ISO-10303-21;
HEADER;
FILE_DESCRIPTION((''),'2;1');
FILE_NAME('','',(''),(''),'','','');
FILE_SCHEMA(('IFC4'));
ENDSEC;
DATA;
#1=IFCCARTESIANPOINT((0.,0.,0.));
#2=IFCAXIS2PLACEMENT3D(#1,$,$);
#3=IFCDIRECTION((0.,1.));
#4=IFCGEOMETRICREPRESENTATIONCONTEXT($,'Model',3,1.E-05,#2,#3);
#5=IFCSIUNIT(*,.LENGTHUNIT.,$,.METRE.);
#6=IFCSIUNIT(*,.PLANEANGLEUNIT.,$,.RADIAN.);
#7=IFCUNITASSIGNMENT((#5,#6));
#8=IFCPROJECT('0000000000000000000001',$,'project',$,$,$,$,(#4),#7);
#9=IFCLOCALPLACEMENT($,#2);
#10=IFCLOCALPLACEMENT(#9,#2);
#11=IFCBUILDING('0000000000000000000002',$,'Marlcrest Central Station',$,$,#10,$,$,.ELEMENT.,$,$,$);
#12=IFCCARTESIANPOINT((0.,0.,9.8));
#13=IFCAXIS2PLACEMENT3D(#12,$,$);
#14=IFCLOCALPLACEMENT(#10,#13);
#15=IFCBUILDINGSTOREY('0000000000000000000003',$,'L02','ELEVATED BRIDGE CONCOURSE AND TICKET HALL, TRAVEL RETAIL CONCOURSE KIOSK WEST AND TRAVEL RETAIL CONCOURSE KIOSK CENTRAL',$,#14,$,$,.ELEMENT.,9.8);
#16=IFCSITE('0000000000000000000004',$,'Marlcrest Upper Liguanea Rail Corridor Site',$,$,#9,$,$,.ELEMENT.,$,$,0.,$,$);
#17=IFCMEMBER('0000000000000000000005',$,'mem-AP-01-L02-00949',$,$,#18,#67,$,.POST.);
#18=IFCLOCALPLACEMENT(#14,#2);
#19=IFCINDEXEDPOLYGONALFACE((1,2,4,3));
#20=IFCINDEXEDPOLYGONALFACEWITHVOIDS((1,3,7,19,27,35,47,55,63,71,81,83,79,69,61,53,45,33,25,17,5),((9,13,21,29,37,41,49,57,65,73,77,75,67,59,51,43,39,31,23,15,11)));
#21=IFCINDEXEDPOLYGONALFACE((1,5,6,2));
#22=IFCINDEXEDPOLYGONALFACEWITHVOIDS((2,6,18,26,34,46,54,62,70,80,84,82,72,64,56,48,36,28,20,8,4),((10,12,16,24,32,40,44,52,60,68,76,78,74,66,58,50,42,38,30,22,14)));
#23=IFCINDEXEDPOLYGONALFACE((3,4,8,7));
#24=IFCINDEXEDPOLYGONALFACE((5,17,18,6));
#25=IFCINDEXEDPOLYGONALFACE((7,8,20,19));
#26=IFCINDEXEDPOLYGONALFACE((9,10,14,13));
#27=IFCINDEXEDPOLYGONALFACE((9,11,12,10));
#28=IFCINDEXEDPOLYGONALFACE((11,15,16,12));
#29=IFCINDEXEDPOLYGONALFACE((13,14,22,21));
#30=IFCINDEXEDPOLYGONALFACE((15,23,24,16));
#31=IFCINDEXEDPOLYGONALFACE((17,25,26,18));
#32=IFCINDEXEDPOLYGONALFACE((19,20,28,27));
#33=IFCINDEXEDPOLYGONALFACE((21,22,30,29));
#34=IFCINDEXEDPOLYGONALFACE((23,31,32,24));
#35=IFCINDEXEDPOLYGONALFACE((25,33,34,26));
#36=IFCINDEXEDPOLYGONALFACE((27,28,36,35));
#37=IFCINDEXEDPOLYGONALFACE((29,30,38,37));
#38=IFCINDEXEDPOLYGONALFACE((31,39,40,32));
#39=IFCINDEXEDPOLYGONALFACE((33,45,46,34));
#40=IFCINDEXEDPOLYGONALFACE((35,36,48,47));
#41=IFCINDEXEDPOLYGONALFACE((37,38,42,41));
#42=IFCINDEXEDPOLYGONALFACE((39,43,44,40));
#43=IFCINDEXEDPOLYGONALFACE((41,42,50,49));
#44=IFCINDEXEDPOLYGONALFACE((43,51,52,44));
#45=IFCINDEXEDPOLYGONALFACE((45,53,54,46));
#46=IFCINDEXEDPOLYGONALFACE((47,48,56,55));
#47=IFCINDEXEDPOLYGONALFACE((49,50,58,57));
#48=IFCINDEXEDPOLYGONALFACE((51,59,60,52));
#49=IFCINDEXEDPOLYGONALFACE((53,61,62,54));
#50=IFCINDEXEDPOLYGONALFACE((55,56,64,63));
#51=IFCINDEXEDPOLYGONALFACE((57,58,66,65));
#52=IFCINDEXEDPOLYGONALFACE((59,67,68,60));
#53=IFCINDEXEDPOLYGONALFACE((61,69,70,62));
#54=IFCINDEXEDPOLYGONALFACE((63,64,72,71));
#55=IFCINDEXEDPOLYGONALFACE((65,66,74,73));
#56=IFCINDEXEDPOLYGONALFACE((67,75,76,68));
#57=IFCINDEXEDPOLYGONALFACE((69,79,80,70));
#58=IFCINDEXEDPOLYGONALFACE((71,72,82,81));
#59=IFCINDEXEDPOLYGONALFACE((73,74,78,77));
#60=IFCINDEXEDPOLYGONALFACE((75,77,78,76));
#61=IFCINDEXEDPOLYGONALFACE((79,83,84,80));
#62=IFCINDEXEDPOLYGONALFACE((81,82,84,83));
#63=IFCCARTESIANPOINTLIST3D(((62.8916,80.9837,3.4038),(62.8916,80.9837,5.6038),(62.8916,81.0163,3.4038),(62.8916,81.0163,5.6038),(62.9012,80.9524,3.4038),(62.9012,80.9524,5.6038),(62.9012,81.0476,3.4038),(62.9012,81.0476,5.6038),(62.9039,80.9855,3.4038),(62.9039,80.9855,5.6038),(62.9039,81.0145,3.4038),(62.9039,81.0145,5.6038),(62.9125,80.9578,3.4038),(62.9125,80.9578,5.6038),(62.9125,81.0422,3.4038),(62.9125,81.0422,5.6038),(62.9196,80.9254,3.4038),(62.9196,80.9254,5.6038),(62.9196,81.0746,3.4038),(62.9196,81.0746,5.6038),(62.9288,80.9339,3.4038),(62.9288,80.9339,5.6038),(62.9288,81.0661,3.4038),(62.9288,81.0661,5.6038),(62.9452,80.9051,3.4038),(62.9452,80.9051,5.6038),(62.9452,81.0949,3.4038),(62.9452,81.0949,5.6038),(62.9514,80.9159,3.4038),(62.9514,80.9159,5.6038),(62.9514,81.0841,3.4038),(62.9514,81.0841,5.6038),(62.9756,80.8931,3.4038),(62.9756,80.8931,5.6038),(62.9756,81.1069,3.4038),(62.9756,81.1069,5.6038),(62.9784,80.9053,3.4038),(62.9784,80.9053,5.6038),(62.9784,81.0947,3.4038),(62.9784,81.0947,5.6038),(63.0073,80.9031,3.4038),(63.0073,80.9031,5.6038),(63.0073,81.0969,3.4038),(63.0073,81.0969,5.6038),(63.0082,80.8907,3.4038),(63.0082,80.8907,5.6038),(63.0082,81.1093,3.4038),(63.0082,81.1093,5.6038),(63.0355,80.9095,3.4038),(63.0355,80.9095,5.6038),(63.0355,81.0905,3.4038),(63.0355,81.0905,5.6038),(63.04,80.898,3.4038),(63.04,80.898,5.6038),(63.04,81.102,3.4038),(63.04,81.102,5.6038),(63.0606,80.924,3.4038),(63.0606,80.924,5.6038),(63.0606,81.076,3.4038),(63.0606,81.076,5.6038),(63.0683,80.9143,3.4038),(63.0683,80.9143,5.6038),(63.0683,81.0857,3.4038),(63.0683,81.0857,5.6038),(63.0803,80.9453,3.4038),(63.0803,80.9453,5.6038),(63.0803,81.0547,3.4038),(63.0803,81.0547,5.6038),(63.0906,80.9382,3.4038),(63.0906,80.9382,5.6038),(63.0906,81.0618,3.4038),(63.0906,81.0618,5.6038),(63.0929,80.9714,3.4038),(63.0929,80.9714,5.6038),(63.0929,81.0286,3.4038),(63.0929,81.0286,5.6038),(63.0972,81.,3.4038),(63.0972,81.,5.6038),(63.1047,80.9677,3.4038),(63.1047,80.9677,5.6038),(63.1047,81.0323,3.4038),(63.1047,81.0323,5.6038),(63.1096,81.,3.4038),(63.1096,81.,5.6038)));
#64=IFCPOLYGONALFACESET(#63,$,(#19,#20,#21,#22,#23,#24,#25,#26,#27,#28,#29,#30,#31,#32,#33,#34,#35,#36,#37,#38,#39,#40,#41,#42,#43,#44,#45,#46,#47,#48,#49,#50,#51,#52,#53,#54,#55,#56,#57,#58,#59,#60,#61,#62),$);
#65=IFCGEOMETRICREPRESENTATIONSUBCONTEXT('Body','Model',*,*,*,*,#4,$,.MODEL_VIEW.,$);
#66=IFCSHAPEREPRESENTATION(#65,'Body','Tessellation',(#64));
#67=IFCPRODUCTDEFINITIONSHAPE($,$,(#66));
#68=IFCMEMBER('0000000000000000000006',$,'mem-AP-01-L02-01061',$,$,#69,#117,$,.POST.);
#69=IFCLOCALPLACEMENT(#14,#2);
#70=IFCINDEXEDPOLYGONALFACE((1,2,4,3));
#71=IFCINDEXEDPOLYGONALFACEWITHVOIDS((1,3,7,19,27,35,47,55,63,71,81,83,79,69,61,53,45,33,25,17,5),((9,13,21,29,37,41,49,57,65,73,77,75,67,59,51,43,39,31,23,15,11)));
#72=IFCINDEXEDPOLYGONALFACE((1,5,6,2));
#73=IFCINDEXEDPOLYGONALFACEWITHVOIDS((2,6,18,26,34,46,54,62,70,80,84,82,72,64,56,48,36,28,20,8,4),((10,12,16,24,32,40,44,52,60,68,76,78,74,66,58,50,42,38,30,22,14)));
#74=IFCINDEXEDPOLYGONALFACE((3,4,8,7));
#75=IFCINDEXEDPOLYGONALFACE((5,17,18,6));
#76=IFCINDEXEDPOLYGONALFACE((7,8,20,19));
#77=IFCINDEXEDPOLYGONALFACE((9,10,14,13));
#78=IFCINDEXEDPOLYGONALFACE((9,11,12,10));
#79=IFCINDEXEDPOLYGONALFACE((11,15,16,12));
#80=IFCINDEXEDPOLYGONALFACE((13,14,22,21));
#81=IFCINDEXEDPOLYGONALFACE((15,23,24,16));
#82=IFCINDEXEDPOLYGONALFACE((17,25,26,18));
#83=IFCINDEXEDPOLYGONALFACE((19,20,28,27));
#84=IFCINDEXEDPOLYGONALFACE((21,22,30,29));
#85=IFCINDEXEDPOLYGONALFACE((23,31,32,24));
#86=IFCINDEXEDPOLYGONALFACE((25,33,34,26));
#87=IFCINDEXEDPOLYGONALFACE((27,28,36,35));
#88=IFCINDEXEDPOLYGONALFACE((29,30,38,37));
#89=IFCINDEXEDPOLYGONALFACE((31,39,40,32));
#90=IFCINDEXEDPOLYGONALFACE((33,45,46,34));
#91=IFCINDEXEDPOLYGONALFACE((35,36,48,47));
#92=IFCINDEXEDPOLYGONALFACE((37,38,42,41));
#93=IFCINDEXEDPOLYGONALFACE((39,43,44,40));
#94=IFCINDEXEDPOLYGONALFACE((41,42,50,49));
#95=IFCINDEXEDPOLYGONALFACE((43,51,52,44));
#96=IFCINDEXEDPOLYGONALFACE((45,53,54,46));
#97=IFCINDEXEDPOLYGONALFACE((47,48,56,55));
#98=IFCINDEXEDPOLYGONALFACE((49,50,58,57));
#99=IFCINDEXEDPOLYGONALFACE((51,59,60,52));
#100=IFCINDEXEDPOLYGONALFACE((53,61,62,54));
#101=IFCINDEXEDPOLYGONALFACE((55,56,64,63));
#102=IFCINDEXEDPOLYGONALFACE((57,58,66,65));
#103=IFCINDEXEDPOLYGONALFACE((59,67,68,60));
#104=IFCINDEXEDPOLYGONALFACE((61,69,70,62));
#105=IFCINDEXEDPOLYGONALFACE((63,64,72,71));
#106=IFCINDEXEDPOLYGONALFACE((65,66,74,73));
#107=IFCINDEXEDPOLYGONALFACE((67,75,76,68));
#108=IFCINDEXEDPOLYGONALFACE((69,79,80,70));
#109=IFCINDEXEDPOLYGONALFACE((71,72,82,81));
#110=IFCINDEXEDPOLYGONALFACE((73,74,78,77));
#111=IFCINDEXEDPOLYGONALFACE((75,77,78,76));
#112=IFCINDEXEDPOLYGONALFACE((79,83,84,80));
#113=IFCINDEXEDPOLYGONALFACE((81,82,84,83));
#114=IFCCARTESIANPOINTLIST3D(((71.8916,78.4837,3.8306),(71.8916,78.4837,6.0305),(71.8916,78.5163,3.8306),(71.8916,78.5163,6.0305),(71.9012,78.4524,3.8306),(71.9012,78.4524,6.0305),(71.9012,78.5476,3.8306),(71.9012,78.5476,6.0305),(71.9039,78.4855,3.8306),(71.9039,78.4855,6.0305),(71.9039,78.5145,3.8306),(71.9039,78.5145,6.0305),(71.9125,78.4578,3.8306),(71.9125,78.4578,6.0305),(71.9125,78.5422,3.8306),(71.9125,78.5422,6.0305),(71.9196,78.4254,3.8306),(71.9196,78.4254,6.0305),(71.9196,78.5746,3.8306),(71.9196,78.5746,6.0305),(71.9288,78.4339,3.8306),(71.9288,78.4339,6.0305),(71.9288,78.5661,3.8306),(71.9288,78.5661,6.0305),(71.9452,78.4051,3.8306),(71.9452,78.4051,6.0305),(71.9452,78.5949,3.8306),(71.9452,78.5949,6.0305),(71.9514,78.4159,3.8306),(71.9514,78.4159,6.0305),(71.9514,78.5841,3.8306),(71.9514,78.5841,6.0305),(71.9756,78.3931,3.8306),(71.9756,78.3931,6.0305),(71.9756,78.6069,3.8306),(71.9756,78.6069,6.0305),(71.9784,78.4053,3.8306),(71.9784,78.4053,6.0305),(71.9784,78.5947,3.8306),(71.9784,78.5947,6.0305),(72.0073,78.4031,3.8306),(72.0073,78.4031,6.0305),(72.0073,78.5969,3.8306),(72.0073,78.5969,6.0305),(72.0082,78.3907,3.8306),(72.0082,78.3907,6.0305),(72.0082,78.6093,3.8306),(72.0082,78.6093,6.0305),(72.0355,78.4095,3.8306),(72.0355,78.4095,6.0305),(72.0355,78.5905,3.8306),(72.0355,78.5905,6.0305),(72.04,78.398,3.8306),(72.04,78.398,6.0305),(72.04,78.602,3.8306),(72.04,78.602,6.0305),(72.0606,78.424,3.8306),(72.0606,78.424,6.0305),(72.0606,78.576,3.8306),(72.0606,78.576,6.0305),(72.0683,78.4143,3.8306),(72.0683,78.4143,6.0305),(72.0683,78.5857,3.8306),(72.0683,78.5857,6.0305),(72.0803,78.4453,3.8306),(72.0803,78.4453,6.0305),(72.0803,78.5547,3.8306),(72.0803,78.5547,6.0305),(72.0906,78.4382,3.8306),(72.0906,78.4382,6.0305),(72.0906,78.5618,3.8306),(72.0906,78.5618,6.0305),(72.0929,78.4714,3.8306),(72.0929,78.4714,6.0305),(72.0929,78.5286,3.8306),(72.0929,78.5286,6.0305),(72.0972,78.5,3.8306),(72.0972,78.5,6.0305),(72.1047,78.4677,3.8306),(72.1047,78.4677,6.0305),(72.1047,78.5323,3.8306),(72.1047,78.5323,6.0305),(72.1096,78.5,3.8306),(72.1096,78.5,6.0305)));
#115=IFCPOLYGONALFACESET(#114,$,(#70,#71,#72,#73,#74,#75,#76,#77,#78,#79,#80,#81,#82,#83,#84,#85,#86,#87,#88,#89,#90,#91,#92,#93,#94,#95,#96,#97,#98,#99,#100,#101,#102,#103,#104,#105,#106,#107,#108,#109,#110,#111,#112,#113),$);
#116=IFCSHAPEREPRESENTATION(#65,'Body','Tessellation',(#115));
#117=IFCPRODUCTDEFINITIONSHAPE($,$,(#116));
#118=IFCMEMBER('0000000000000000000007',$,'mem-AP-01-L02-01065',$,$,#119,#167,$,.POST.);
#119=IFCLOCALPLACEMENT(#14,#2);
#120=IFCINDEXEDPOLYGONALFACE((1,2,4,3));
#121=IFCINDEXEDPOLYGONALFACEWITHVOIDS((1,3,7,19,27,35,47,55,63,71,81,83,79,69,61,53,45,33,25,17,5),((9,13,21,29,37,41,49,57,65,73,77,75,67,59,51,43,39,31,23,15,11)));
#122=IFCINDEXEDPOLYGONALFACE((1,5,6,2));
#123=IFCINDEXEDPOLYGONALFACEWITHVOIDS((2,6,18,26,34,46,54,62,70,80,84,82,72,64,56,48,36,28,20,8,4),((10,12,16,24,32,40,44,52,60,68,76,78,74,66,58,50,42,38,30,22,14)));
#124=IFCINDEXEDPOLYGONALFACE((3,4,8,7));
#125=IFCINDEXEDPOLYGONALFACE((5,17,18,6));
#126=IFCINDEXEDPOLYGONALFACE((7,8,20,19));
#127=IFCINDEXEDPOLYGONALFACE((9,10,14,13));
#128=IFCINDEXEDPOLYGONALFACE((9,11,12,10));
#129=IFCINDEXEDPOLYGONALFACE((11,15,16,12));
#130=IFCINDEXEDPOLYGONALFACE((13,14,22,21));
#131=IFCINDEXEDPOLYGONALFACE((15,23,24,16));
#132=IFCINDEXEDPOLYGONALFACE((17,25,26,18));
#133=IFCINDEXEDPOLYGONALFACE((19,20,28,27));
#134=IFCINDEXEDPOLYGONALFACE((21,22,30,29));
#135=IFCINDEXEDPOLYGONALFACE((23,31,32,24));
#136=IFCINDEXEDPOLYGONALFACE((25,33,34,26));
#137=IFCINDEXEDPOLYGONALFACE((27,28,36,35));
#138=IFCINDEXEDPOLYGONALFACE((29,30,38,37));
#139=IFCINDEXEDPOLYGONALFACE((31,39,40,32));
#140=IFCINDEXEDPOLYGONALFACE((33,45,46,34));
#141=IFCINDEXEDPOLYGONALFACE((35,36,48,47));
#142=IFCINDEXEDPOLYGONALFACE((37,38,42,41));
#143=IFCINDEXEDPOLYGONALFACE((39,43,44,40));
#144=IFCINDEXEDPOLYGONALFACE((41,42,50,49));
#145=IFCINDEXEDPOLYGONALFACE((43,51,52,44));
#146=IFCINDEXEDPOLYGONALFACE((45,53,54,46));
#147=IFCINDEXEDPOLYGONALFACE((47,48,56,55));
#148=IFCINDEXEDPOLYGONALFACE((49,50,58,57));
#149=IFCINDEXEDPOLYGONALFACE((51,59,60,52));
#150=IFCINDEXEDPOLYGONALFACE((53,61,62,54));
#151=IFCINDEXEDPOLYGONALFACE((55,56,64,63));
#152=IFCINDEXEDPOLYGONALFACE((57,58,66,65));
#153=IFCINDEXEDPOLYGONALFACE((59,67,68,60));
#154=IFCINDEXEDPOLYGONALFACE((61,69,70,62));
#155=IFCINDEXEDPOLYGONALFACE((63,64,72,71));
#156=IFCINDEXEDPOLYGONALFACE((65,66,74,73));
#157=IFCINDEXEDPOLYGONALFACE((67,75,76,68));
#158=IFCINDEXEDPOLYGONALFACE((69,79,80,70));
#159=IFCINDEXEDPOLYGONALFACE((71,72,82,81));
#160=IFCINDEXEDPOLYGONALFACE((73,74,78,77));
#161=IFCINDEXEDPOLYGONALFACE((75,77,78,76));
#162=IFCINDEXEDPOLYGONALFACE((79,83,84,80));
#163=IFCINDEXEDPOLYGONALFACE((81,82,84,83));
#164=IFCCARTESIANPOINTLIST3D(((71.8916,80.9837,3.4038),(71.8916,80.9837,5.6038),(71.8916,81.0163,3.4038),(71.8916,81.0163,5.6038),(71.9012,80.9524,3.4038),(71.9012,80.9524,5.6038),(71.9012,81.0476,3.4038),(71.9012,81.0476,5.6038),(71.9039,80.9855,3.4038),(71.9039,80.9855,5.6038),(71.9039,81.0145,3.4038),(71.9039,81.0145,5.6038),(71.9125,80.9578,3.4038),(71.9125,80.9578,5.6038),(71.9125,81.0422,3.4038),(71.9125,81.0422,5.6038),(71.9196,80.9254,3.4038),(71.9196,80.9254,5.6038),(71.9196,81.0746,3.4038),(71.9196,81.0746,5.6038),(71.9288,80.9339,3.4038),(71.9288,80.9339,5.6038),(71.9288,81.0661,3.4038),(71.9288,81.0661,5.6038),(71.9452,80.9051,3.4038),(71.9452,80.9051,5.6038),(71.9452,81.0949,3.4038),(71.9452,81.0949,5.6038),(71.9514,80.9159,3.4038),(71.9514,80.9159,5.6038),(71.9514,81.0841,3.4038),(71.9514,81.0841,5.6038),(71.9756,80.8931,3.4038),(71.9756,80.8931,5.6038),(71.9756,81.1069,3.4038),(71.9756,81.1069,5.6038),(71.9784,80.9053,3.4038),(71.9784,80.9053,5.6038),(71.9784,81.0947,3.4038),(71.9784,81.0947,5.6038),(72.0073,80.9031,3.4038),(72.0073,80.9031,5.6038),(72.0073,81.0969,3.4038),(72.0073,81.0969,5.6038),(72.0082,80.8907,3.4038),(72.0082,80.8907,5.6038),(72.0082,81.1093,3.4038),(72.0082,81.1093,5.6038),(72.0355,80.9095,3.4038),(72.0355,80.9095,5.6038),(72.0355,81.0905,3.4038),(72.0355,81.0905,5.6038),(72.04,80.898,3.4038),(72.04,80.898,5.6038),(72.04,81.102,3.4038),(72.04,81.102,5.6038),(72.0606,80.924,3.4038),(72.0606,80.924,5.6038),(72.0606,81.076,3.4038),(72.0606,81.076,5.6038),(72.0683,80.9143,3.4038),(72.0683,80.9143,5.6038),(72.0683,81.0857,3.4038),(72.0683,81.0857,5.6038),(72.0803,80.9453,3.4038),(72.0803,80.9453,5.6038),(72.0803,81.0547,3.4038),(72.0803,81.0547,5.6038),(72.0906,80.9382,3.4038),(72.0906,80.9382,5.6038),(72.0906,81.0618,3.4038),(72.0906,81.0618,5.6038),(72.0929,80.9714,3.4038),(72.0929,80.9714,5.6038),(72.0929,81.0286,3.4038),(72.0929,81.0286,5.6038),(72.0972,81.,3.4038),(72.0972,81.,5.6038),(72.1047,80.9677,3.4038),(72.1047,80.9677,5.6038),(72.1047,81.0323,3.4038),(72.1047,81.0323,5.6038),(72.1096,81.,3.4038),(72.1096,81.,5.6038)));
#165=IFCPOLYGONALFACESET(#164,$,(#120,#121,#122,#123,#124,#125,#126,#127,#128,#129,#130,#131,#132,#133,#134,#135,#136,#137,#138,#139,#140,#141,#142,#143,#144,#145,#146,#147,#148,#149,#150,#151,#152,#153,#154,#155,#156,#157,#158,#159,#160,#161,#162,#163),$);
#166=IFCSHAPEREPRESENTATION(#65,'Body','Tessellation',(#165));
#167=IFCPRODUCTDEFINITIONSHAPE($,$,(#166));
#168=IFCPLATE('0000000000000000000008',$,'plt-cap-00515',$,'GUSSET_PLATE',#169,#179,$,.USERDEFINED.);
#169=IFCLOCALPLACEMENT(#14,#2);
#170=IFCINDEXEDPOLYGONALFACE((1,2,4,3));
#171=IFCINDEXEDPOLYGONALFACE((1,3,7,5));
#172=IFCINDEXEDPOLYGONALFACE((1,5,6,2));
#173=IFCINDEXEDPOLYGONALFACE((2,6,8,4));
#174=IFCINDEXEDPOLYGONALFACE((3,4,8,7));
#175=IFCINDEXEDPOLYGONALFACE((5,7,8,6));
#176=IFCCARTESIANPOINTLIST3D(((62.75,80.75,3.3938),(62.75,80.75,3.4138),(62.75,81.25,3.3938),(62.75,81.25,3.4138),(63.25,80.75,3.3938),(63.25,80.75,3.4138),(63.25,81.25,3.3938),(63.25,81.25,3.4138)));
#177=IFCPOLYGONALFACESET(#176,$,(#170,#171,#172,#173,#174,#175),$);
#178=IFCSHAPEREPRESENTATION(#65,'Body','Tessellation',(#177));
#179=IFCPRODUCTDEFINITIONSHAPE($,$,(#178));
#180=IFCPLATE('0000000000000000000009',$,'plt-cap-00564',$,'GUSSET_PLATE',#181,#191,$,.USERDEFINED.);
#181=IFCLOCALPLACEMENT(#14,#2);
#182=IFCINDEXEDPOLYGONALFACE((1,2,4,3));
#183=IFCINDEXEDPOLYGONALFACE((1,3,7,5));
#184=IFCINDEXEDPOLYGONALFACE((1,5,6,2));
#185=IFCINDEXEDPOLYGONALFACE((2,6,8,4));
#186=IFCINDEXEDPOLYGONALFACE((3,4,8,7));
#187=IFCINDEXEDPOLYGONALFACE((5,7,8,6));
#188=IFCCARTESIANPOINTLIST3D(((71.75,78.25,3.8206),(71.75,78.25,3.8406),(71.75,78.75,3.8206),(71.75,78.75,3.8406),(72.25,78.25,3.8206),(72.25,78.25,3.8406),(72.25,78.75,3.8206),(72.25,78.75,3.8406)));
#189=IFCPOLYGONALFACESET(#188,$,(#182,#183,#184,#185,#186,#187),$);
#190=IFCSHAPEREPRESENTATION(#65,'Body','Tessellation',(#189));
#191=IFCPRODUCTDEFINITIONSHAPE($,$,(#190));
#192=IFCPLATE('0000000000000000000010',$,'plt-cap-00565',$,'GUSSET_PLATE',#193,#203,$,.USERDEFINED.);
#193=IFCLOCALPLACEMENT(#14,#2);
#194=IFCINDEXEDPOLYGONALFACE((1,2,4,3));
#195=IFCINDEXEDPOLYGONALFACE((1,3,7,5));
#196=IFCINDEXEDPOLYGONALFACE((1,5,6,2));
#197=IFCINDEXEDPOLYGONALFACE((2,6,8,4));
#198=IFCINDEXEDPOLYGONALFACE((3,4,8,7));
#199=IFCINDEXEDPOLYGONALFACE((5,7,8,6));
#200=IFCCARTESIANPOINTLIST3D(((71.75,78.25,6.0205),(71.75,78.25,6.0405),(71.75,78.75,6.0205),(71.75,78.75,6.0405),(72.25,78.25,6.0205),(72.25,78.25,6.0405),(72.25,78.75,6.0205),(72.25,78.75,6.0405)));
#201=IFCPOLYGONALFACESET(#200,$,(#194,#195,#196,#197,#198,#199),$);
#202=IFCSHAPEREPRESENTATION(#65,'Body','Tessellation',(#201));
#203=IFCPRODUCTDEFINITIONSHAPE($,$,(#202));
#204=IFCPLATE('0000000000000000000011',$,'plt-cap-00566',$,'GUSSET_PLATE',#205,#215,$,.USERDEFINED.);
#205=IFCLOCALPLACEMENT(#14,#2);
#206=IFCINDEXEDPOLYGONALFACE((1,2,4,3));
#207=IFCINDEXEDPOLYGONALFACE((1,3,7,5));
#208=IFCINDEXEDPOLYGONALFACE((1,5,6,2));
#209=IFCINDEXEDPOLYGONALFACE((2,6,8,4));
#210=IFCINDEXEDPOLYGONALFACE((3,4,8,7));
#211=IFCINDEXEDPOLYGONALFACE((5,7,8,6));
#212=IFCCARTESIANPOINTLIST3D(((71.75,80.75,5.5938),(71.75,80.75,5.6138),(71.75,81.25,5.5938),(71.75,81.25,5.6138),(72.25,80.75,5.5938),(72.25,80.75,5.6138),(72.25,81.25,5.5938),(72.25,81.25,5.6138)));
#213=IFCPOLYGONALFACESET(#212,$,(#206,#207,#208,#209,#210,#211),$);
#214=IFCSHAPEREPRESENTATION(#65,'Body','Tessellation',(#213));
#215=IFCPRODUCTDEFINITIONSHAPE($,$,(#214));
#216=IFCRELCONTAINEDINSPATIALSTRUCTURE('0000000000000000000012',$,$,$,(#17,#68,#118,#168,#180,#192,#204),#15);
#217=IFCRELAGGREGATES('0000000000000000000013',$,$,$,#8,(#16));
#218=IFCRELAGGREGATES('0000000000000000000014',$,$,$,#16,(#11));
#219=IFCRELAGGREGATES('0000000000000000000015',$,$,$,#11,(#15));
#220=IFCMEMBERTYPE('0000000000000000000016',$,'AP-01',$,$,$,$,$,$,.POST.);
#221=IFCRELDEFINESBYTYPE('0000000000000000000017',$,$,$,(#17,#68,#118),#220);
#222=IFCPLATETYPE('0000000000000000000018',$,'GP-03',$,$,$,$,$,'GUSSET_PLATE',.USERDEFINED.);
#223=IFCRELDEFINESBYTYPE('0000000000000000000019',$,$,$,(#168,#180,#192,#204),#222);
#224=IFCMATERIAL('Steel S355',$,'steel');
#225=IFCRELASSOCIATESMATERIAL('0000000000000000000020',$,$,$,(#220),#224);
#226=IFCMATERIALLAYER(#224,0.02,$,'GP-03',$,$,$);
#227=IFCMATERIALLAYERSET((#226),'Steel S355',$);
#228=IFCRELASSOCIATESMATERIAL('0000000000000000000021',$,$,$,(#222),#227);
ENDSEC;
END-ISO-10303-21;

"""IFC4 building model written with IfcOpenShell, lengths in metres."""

from ifc_helpers import new_model, si_unit, direction, frame, origin, origin_2d, place, context, subcontext, project, spatial, rectangle, hollow_circle, extrude, material, layer, layer_set, material_profile, profile_set, type_object, element, save


model = new_model("IFC4")

# Units and contexts
model_context = context("Model", 3, precision=1e-05, world=origin(), true_north=direction((0.0, 1.0)))
body_context = subcontext(model_context, "Body", "Model", "MODEL_VIEW")
ifc_project = project(units=[si_unit("LENGTHUNIT", "METRE"), si_unit("PLANEANGLEUNIT", "RADIAN")], contexts=[model_context])

# Site, building, storey
site_placement = place(None, origin())
site = spatial("IfcSite", under=ifc_project, at=site_placement, Name="Marlcrest Upper Liguanea Rail Corridor Site", CompositionType="ELEMENT", RefElevation=0.0)
building_placement = place(site_placement, origin())
building = spatial("IfcBuilding", under=site, at=building_placement, Name="Marlcrest Central Station", CompositionType="ELEMENT")
storey_placement = place(building_placement, frame((0.0, 0.0, 9.8)))
storey = spatial("IfcBuildingStorey", under=building, at=storey_placement, Name="L02", Description="ELEVATED BRIDGE CONCOURSE AND TICKET HALL, TRAVEL RETAIL CONCOURSE KIOSK WEST AND TRAVEL RETAIL CONCOURSE KIOSK CENTRAL", CompositionType="ELEMENT", Elevation=9.8)

# Members
ifc_material_1 = material(Name="Steel S355", Category="steel")
ifc_material_profile_1 = material_profile(ifc_material_1, hollow_circle(Radius=0.1096, WallThickness=0.0125, at=origin_2d()), Name="CHS 219.1x12.5")
ifc_profile_set_1 = profile_set([ifc_material_profile_1], Name="Steel S355")
member_type_1 = type_object("IfcMemberType", Name="AP-01", PredefinedType="POST", material=ifc_profile_set_1)
for number, where, z_axis, x_axis, name in (
    (1, (63.0, 81.0, 3.4038), (0.0, 0.0, 1.0), (1.0, 0.0, 0.0), "mem-AP-01-L02-00949"),
    (2, (72.0, 78.5, 3.8306), (0.0, 0.0, 1.0), (1.0, 0.0, 0.0), "mem-AP-01-L02-01061"),
    (3, (72.0, 81.0, 3.4038), (0.0, 0.0, 1.0), (1.0, 0.0, 0.0), "mem-AP-01-L02-01065"),
):
    element("IfcMember", number, at=place(storey_placement, frame(where, z_axis=z_axis, x_axis=x_axis)), inside=storey, type_object=member_type_1, Name=name, PredefinedType="POST", context=body_context, shape_type="SweptSolid", body=[
        extrude(hollow_circle(Radius=0.1096, WallThickness=0.0125, at=origin_2d()), origin(), (0.0, 0.0, 1.0), 2.2),
    ])

# Plates
ifc_layer_1 = layer(ifc_material_1, 0.02, Name="GP-03")
ifc_layer_set_1 = layer_set([ifc_layer_1], Name="Steel S355")
plate_type = type_object("IfcPlateType", Name="GP-03", ElementType="GUSSET_PLATE", PredefinedType="USERDEFINED", material=ifc_layer_set_1)
for number, where, z_axis, x_axis, name in (
    (4, (63.0, 81.0, 3.3938), (0.0, 0.0, 1.0), (1.0, 0.0, 0.0), "plt-cap-00515"),
    (5, (72.0, 78.5, 3.8206), (0.0, 0.0, 1.0), (1.0, 0.0, 0.0), "plt-cap-00564"),
    (6, (72.0, 78.5, 6.0205), (0.0, 0.0, 1.0), (1.0, 0.0, 0.0), "plt-cap-00565"),
    (7, (72.0, 81.0, 5.5938), (0.0, 0.0, 1.0), (1.0, 0.0, 0.0), "plt-cap-00566"),
):
    element("IfcPlate", number, at=place(storey_placement, frame(where, z_axis=z_axis, x_axis=x_axis)), inside=storey, type_object=plate_type, Name=name, ObjectType="GUSSET_PLATE", PredefinedType="USERDEFINED", context=body_context, shape_type="SweptSolid", body=[
        extrude(rectangle(XDim=0.5, YDim=0.5, at=origin_2d()), origin(), (0.0, 0.0, 1.0), 0.02),
    ])

save(model, "model.ifc")
